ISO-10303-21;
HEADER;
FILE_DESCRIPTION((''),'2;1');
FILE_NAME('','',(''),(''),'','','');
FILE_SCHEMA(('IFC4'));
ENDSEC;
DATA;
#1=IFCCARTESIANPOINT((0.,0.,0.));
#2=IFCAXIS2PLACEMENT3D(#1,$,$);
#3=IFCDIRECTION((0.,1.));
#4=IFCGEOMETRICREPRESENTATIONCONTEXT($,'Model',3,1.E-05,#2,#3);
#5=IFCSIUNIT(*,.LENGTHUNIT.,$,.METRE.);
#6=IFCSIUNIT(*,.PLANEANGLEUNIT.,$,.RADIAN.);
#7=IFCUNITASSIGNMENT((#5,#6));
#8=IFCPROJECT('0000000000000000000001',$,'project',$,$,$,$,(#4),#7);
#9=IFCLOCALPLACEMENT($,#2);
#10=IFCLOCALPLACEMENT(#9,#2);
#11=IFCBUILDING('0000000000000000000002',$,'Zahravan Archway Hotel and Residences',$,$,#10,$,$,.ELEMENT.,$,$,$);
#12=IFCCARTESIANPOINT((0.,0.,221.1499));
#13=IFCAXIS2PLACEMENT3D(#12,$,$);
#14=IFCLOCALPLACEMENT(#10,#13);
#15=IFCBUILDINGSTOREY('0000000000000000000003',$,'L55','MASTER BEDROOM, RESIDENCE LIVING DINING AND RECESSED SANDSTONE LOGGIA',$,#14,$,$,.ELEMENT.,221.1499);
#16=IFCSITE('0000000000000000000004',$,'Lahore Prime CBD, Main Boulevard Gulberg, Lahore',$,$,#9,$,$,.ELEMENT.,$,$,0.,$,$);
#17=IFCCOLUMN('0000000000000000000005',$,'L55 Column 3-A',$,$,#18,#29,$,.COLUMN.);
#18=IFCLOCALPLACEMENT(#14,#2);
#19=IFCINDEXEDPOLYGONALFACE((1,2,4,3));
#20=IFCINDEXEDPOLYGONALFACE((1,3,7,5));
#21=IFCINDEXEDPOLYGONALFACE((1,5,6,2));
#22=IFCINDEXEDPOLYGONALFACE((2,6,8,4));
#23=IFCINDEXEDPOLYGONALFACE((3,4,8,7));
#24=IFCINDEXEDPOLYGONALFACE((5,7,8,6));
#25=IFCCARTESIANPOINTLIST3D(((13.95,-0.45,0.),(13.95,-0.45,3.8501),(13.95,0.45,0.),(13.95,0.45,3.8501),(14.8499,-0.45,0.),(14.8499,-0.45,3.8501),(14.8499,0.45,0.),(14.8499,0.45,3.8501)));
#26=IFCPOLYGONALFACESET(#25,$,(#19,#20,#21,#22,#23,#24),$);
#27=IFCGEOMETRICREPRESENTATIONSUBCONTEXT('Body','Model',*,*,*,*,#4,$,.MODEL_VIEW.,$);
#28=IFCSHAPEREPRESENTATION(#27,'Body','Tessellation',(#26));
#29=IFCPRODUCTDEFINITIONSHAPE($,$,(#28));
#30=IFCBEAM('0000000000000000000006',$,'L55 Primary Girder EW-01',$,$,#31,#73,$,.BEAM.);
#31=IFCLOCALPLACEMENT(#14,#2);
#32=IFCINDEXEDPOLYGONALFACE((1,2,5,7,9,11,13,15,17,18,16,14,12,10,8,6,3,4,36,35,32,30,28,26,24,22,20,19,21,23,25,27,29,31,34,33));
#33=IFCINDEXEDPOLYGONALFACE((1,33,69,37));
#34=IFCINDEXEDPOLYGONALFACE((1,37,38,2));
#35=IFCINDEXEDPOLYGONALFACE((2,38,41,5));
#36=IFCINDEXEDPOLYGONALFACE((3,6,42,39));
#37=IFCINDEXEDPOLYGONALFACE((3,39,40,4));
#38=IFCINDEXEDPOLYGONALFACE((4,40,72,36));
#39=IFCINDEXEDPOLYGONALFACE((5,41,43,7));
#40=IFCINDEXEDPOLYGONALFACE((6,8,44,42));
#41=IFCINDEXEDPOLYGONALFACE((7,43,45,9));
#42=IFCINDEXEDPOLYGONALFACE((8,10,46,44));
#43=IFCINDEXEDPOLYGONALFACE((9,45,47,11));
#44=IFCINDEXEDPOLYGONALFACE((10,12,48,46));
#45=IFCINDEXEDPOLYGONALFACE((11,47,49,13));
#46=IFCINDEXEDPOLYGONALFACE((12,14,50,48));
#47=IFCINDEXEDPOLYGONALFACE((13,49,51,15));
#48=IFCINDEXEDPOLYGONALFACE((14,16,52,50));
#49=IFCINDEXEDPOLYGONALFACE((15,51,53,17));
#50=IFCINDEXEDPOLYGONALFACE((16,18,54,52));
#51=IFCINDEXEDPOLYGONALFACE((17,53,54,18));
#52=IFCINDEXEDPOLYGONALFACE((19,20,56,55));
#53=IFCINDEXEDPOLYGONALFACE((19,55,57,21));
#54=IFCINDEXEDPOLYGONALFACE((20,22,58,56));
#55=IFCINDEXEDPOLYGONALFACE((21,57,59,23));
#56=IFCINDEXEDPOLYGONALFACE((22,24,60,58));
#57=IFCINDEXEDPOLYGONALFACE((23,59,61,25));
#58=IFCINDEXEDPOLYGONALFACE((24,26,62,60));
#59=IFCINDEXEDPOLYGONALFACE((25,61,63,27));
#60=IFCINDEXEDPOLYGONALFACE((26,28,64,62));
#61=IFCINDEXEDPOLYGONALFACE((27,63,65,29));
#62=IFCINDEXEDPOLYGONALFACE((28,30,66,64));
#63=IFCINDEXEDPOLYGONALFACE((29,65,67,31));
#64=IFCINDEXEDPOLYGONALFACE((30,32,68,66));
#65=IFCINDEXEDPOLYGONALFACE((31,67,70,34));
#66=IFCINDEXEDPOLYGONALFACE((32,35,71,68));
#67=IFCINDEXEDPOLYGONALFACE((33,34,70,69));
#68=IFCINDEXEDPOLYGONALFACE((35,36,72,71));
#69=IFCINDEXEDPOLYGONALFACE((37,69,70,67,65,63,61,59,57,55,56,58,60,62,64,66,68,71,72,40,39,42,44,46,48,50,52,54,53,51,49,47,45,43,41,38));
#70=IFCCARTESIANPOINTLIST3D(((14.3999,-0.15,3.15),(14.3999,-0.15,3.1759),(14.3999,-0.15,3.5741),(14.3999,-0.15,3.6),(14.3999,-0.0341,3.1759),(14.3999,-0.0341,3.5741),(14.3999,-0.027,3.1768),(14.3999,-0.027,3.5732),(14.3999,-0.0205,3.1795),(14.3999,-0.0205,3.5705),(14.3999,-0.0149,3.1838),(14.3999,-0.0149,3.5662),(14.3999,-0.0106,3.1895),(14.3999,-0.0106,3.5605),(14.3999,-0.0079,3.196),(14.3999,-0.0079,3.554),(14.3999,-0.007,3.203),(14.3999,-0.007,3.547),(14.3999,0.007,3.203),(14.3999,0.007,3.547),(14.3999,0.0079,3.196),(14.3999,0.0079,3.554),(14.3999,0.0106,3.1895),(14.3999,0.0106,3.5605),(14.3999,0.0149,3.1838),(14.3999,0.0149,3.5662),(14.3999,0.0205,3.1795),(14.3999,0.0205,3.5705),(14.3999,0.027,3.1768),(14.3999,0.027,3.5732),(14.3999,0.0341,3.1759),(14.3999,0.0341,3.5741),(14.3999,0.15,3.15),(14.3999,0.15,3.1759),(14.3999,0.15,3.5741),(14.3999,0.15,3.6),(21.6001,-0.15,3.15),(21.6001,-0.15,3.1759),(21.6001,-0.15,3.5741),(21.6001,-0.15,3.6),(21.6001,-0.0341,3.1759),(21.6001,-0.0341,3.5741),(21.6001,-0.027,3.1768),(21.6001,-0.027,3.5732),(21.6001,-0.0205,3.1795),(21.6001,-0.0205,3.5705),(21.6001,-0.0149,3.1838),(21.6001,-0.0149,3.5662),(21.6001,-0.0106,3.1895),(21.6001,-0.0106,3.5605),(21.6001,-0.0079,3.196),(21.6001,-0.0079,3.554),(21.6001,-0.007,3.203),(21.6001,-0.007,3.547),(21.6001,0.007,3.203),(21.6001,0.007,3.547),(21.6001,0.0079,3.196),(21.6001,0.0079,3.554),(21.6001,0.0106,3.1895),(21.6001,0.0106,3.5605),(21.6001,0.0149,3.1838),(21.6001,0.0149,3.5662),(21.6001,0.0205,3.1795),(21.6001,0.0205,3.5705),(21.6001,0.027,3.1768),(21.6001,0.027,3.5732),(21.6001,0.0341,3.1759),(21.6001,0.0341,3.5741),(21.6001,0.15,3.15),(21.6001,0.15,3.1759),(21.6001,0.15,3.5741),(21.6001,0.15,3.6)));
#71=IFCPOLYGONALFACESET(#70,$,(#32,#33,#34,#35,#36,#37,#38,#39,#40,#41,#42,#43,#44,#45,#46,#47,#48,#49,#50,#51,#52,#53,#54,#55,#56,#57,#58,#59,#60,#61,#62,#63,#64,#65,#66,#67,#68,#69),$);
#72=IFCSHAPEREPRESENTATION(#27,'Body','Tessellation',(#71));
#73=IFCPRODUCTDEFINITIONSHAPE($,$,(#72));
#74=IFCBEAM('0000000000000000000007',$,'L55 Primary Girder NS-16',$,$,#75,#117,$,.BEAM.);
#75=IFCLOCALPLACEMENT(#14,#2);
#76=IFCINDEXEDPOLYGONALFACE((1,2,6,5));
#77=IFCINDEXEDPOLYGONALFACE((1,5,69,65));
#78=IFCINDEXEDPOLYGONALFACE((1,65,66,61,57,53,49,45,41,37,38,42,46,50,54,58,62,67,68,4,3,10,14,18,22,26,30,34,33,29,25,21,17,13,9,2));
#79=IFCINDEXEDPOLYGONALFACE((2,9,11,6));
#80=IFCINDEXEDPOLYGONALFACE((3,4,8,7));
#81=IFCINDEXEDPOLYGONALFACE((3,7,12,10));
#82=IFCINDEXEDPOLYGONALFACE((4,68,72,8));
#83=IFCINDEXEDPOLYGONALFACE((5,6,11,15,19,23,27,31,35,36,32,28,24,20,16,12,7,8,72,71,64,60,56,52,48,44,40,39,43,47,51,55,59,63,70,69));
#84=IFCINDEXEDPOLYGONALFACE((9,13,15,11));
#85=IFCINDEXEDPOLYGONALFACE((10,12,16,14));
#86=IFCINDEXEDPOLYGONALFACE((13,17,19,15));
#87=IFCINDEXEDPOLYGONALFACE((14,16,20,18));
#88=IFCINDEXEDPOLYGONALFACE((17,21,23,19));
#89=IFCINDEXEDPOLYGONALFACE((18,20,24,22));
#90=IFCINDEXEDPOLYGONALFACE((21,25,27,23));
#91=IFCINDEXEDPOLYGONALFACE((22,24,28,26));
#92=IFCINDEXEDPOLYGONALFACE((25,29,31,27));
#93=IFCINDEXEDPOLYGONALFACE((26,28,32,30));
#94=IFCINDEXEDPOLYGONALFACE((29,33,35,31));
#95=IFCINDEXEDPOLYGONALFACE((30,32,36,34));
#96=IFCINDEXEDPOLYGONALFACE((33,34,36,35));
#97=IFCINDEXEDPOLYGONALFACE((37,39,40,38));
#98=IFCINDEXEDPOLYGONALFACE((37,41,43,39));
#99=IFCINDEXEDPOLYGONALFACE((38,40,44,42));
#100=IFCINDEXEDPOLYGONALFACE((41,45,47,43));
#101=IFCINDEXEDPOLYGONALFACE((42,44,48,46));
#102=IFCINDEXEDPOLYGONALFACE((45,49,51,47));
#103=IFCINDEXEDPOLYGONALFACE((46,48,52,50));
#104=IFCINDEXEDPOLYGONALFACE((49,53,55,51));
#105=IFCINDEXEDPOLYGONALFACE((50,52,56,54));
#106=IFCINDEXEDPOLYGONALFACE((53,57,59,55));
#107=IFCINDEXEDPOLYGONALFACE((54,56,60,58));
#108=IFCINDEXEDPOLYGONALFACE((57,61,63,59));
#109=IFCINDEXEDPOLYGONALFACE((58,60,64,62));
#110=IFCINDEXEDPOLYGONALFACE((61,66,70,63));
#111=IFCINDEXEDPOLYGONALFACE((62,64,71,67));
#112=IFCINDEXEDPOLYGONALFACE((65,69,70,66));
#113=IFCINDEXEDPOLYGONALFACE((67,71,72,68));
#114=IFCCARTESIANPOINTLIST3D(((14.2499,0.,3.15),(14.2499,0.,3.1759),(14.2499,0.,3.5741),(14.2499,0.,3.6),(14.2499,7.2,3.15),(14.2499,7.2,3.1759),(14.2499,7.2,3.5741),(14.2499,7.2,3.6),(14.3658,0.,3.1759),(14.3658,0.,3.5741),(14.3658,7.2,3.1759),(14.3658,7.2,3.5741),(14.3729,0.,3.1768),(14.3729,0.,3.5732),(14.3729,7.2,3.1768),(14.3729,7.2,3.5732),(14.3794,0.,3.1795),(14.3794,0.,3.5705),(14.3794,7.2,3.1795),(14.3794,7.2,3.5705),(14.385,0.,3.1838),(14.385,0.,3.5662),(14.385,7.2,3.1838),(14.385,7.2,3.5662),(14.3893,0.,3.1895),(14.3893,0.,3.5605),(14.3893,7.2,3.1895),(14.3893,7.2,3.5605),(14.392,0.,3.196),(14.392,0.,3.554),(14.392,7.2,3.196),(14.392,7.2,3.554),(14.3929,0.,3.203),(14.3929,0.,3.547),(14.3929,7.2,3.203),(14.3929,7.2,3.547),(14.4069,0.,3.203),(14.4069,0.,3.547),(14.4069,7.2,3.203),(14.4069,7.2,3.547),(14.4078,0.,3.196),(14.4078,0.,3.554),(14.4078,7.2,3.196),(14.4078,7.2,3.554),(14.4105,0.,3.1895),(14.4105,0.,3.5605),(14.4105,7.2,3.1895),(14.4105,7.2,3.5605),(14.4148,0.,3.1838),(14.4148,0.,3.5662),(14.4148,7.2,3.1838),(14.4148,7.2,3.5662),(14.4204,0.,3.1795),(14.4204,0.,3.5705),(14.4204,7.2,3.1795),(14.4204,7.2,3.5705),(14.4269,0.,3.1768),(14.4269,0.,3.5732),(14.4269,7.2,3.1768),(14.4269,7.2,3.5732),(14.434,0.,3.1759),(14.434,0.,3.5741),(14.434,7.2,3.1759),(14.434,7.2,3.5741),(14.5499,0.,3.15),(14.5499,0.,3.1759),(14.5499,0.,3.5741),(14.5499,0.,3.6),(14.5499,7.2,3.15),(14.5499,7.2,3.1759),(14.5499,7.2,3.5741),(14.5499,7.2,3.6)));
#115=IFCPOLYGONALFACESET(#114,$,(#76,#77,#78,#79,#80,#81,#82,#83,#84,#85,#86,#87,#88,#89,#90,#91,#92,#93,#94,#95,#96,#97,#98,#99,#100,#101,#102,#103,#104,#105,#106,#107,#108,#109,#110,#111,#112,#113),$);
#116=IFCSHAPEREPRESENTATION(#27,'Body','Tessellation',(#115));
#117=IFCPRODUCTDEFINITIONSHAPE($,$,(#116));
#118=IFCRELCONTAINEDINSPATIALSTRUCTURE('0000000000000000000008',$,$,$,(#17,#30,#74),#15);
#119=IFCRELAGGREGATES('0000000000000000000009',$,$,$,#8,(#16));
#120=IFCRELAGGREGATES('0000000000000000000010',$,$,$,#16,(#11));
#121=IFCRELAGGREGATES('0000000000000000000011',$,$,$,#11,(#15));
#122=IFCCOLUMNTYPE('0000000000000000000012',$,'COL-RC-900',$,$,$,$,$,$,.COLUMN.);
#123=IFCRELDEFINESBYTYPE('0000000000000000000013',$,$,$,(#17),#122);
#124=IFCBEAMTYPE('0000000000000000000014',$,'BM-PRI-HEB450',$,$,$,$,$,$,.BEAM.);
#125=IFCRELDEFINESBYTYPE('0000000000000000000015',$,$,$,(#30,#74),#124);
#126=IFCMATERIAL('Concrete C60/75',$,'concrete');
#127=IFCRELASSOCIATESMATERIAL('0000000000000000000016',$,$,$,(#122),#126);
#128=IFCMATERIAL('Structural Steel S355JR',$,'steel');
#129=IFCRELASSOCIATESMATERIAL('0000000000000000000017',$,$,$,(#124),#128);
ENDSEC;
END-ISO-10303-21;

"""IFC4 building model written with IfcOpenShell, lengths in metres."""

from ifc_helpers import new_model, si_unit, direction, frame, origin, origin_2d, place, context, subcontext, project, spatial, rectangle, i_section, extrude, source, transform, mapped, material, material_profile, profile_set, type_object, type_shapes, element, save


model = new_model("IFC4")

# Units and contexts
model_context = context("Model", 3, precision=1e-05, world=origin(), true_north=direction((0.0, 1.0)))
body_context = subcontext(model_context, "Body", "Model", "MODEL_VIEW")
ifc_project = project(units=[si_unit("LENGTHUNIT", "METRE"), si_unit("PLANEANGLEUNIT", "RADIAN")], contexts=[model_context])

# Site, building, storey
site_placement = place(None, origin())
site = spatial("IfcSite", under=ifc_project, at=site_placement, Name="Lahore Prime CBD, Main Boulevard Gulberg, Lahore", CompositionType="ELEMENT", RefElevation=0.0)
building_placement = place(site_placement, origin())
building = spatial("IfcBuilding", under=site, at=building_placement, Name="Zahravan Archway Hotel and Residences", CompositionType="ELEMENT")
storey_placement = place(building_placement, frame((0.0, 0.0, 221.1499)))
storey = spatial("IfcBuildingStorey", under=building, at=storey_placement, Name="L55", Description="MASTER BEDROOM, RESIDENCE LIVING DINING AND RECESSED SANDSTONE LOGGIA", CompositionType="ELEMENT", Elevation=221.1499)

# Column
ifc_material_1 = material(Name="Concrete C60/75", Category="concrete")
ifc_material_profile_1 = material_profile(ifc_material_1, rectangle(XDim=0.8999, YDim=0.8999, at=origin_2d()), Name="RC-COL-900x900", Category="concrete")
ifc_profile_set_1 = profile_set([ifc_material_profile_1], Name="Concrete C60/75")
column_type = type_object("IfcColumnType", Name="COL-RC-900", PredefinedType="COLUMN", material=ifc_profile_set_1)
shared_shape_1 = source(origin(), body_context, "Body", "SweptSolid", [
    extrude(rectangle(XDim=0.8999, YDim=0.8999, at=origin_2d()), origin(), (0.0, 0.0, 1.0), 3.8501),
])
type_shapes(column_type, [shared_shape_1])
column_placement = place(storey_placement, frame((14.3999, 0.0, 0.0), z_axis=(0.0, 0.0, 1.0), x_axis=(1.0, 0.0, 0.0)))
element("IfcColumn", 1, at=column_placement, inside=storey, type_object=column_type, Name="L55 Column 3-A", PredefinedType="COLUMN", context=body_context, shape_type="MappedRepresentation", body=[
    mapped(shared_shape_1, transform((0.0, 0.0, 0.0), scale=1.0)),
])

# Beams
ifc_material_2 = material(Name="Structural Steel S355JR", Category="steel")
ifc_material_profile_2 = material_profile(ifc_material_2, i_section(OverallWidth=0.3, OverallDepth=0.45, WebThickness=0.0139, FlangeThickness=0.0259, FilletRadius=0.0271, at=origin_2d()), Name="HEB 450", Category="steel")
ifc_profile_set_2 = profile_set([ifc_material_profile_2], Name="Structural Steel S355JR")
beam_type = type_object("IfcBeamType", Name="BM-PRI-HEB450", PredefinedType="BEAM", material=ifc_profile_set_2)
shared_shape_2 = source(origin(), body_context, "Body", "SweptSolid", [
    extrude(i_section(OverallWidth=0.3, OverallDepth=0.45, WebThickness=0.0139, FlangeThickness=0.0259, FilletRadius=0.0271, at=origin_2d()), origin(), (0.0, 0.0, 1.0), 7.2002),
])
type_shapes(beam_type, [shared_shape_2])
beam_1_placement = place(storey_placement, frame((14.3999, 0.0, 3.375), z_axis=(1.0, 0.0, 0.0), x_axis=(0.0, 1.0, 0.0)))
element("IfcBeam", 2, at=beam_1_placement, inside=storey, type_object=beam_type, Name="L55 Primary Girder EW-01", PredefinedType="BEAM", context=body_context, shape_type="MappedRepresentation", body=[
    mapped(shared_shape_2, transform((0.0, 0.0, 0.0), scale=1.0)),
])
shared_shape_3 = source(origin(), body_context, "Body", "SweptSolid", [
    extrude(i_section(OverallWidth=0.3, OverallDepth=0.45, WebThickness=0.0139, FlangeThickness=0.0259, FilletRadius=0.0271, at=origin_2d()), origin(), (0.0, 0.0, 1.0), 7.2),
])
beam_2_placement = place(storey_placement, frame((14.3999, 0.0, 3.375), z_axis=(0.0, 1.0, 0.0), x_axis=(-1.0, 0.0, 0.0)))
element("IfcBeam", 3, at=beam_2_placement, inside=storey, type_object=beam_type, Name="L55 Primary Girder NS-16", PredefinedType="BEAM", context=body_context, shape_type="MappedRepresentation", body=[
    mapped(shared_shape_3, transform((0.0, 0.0, 0.0), scale=1.0)),
])

save(model, "model.ifc")
